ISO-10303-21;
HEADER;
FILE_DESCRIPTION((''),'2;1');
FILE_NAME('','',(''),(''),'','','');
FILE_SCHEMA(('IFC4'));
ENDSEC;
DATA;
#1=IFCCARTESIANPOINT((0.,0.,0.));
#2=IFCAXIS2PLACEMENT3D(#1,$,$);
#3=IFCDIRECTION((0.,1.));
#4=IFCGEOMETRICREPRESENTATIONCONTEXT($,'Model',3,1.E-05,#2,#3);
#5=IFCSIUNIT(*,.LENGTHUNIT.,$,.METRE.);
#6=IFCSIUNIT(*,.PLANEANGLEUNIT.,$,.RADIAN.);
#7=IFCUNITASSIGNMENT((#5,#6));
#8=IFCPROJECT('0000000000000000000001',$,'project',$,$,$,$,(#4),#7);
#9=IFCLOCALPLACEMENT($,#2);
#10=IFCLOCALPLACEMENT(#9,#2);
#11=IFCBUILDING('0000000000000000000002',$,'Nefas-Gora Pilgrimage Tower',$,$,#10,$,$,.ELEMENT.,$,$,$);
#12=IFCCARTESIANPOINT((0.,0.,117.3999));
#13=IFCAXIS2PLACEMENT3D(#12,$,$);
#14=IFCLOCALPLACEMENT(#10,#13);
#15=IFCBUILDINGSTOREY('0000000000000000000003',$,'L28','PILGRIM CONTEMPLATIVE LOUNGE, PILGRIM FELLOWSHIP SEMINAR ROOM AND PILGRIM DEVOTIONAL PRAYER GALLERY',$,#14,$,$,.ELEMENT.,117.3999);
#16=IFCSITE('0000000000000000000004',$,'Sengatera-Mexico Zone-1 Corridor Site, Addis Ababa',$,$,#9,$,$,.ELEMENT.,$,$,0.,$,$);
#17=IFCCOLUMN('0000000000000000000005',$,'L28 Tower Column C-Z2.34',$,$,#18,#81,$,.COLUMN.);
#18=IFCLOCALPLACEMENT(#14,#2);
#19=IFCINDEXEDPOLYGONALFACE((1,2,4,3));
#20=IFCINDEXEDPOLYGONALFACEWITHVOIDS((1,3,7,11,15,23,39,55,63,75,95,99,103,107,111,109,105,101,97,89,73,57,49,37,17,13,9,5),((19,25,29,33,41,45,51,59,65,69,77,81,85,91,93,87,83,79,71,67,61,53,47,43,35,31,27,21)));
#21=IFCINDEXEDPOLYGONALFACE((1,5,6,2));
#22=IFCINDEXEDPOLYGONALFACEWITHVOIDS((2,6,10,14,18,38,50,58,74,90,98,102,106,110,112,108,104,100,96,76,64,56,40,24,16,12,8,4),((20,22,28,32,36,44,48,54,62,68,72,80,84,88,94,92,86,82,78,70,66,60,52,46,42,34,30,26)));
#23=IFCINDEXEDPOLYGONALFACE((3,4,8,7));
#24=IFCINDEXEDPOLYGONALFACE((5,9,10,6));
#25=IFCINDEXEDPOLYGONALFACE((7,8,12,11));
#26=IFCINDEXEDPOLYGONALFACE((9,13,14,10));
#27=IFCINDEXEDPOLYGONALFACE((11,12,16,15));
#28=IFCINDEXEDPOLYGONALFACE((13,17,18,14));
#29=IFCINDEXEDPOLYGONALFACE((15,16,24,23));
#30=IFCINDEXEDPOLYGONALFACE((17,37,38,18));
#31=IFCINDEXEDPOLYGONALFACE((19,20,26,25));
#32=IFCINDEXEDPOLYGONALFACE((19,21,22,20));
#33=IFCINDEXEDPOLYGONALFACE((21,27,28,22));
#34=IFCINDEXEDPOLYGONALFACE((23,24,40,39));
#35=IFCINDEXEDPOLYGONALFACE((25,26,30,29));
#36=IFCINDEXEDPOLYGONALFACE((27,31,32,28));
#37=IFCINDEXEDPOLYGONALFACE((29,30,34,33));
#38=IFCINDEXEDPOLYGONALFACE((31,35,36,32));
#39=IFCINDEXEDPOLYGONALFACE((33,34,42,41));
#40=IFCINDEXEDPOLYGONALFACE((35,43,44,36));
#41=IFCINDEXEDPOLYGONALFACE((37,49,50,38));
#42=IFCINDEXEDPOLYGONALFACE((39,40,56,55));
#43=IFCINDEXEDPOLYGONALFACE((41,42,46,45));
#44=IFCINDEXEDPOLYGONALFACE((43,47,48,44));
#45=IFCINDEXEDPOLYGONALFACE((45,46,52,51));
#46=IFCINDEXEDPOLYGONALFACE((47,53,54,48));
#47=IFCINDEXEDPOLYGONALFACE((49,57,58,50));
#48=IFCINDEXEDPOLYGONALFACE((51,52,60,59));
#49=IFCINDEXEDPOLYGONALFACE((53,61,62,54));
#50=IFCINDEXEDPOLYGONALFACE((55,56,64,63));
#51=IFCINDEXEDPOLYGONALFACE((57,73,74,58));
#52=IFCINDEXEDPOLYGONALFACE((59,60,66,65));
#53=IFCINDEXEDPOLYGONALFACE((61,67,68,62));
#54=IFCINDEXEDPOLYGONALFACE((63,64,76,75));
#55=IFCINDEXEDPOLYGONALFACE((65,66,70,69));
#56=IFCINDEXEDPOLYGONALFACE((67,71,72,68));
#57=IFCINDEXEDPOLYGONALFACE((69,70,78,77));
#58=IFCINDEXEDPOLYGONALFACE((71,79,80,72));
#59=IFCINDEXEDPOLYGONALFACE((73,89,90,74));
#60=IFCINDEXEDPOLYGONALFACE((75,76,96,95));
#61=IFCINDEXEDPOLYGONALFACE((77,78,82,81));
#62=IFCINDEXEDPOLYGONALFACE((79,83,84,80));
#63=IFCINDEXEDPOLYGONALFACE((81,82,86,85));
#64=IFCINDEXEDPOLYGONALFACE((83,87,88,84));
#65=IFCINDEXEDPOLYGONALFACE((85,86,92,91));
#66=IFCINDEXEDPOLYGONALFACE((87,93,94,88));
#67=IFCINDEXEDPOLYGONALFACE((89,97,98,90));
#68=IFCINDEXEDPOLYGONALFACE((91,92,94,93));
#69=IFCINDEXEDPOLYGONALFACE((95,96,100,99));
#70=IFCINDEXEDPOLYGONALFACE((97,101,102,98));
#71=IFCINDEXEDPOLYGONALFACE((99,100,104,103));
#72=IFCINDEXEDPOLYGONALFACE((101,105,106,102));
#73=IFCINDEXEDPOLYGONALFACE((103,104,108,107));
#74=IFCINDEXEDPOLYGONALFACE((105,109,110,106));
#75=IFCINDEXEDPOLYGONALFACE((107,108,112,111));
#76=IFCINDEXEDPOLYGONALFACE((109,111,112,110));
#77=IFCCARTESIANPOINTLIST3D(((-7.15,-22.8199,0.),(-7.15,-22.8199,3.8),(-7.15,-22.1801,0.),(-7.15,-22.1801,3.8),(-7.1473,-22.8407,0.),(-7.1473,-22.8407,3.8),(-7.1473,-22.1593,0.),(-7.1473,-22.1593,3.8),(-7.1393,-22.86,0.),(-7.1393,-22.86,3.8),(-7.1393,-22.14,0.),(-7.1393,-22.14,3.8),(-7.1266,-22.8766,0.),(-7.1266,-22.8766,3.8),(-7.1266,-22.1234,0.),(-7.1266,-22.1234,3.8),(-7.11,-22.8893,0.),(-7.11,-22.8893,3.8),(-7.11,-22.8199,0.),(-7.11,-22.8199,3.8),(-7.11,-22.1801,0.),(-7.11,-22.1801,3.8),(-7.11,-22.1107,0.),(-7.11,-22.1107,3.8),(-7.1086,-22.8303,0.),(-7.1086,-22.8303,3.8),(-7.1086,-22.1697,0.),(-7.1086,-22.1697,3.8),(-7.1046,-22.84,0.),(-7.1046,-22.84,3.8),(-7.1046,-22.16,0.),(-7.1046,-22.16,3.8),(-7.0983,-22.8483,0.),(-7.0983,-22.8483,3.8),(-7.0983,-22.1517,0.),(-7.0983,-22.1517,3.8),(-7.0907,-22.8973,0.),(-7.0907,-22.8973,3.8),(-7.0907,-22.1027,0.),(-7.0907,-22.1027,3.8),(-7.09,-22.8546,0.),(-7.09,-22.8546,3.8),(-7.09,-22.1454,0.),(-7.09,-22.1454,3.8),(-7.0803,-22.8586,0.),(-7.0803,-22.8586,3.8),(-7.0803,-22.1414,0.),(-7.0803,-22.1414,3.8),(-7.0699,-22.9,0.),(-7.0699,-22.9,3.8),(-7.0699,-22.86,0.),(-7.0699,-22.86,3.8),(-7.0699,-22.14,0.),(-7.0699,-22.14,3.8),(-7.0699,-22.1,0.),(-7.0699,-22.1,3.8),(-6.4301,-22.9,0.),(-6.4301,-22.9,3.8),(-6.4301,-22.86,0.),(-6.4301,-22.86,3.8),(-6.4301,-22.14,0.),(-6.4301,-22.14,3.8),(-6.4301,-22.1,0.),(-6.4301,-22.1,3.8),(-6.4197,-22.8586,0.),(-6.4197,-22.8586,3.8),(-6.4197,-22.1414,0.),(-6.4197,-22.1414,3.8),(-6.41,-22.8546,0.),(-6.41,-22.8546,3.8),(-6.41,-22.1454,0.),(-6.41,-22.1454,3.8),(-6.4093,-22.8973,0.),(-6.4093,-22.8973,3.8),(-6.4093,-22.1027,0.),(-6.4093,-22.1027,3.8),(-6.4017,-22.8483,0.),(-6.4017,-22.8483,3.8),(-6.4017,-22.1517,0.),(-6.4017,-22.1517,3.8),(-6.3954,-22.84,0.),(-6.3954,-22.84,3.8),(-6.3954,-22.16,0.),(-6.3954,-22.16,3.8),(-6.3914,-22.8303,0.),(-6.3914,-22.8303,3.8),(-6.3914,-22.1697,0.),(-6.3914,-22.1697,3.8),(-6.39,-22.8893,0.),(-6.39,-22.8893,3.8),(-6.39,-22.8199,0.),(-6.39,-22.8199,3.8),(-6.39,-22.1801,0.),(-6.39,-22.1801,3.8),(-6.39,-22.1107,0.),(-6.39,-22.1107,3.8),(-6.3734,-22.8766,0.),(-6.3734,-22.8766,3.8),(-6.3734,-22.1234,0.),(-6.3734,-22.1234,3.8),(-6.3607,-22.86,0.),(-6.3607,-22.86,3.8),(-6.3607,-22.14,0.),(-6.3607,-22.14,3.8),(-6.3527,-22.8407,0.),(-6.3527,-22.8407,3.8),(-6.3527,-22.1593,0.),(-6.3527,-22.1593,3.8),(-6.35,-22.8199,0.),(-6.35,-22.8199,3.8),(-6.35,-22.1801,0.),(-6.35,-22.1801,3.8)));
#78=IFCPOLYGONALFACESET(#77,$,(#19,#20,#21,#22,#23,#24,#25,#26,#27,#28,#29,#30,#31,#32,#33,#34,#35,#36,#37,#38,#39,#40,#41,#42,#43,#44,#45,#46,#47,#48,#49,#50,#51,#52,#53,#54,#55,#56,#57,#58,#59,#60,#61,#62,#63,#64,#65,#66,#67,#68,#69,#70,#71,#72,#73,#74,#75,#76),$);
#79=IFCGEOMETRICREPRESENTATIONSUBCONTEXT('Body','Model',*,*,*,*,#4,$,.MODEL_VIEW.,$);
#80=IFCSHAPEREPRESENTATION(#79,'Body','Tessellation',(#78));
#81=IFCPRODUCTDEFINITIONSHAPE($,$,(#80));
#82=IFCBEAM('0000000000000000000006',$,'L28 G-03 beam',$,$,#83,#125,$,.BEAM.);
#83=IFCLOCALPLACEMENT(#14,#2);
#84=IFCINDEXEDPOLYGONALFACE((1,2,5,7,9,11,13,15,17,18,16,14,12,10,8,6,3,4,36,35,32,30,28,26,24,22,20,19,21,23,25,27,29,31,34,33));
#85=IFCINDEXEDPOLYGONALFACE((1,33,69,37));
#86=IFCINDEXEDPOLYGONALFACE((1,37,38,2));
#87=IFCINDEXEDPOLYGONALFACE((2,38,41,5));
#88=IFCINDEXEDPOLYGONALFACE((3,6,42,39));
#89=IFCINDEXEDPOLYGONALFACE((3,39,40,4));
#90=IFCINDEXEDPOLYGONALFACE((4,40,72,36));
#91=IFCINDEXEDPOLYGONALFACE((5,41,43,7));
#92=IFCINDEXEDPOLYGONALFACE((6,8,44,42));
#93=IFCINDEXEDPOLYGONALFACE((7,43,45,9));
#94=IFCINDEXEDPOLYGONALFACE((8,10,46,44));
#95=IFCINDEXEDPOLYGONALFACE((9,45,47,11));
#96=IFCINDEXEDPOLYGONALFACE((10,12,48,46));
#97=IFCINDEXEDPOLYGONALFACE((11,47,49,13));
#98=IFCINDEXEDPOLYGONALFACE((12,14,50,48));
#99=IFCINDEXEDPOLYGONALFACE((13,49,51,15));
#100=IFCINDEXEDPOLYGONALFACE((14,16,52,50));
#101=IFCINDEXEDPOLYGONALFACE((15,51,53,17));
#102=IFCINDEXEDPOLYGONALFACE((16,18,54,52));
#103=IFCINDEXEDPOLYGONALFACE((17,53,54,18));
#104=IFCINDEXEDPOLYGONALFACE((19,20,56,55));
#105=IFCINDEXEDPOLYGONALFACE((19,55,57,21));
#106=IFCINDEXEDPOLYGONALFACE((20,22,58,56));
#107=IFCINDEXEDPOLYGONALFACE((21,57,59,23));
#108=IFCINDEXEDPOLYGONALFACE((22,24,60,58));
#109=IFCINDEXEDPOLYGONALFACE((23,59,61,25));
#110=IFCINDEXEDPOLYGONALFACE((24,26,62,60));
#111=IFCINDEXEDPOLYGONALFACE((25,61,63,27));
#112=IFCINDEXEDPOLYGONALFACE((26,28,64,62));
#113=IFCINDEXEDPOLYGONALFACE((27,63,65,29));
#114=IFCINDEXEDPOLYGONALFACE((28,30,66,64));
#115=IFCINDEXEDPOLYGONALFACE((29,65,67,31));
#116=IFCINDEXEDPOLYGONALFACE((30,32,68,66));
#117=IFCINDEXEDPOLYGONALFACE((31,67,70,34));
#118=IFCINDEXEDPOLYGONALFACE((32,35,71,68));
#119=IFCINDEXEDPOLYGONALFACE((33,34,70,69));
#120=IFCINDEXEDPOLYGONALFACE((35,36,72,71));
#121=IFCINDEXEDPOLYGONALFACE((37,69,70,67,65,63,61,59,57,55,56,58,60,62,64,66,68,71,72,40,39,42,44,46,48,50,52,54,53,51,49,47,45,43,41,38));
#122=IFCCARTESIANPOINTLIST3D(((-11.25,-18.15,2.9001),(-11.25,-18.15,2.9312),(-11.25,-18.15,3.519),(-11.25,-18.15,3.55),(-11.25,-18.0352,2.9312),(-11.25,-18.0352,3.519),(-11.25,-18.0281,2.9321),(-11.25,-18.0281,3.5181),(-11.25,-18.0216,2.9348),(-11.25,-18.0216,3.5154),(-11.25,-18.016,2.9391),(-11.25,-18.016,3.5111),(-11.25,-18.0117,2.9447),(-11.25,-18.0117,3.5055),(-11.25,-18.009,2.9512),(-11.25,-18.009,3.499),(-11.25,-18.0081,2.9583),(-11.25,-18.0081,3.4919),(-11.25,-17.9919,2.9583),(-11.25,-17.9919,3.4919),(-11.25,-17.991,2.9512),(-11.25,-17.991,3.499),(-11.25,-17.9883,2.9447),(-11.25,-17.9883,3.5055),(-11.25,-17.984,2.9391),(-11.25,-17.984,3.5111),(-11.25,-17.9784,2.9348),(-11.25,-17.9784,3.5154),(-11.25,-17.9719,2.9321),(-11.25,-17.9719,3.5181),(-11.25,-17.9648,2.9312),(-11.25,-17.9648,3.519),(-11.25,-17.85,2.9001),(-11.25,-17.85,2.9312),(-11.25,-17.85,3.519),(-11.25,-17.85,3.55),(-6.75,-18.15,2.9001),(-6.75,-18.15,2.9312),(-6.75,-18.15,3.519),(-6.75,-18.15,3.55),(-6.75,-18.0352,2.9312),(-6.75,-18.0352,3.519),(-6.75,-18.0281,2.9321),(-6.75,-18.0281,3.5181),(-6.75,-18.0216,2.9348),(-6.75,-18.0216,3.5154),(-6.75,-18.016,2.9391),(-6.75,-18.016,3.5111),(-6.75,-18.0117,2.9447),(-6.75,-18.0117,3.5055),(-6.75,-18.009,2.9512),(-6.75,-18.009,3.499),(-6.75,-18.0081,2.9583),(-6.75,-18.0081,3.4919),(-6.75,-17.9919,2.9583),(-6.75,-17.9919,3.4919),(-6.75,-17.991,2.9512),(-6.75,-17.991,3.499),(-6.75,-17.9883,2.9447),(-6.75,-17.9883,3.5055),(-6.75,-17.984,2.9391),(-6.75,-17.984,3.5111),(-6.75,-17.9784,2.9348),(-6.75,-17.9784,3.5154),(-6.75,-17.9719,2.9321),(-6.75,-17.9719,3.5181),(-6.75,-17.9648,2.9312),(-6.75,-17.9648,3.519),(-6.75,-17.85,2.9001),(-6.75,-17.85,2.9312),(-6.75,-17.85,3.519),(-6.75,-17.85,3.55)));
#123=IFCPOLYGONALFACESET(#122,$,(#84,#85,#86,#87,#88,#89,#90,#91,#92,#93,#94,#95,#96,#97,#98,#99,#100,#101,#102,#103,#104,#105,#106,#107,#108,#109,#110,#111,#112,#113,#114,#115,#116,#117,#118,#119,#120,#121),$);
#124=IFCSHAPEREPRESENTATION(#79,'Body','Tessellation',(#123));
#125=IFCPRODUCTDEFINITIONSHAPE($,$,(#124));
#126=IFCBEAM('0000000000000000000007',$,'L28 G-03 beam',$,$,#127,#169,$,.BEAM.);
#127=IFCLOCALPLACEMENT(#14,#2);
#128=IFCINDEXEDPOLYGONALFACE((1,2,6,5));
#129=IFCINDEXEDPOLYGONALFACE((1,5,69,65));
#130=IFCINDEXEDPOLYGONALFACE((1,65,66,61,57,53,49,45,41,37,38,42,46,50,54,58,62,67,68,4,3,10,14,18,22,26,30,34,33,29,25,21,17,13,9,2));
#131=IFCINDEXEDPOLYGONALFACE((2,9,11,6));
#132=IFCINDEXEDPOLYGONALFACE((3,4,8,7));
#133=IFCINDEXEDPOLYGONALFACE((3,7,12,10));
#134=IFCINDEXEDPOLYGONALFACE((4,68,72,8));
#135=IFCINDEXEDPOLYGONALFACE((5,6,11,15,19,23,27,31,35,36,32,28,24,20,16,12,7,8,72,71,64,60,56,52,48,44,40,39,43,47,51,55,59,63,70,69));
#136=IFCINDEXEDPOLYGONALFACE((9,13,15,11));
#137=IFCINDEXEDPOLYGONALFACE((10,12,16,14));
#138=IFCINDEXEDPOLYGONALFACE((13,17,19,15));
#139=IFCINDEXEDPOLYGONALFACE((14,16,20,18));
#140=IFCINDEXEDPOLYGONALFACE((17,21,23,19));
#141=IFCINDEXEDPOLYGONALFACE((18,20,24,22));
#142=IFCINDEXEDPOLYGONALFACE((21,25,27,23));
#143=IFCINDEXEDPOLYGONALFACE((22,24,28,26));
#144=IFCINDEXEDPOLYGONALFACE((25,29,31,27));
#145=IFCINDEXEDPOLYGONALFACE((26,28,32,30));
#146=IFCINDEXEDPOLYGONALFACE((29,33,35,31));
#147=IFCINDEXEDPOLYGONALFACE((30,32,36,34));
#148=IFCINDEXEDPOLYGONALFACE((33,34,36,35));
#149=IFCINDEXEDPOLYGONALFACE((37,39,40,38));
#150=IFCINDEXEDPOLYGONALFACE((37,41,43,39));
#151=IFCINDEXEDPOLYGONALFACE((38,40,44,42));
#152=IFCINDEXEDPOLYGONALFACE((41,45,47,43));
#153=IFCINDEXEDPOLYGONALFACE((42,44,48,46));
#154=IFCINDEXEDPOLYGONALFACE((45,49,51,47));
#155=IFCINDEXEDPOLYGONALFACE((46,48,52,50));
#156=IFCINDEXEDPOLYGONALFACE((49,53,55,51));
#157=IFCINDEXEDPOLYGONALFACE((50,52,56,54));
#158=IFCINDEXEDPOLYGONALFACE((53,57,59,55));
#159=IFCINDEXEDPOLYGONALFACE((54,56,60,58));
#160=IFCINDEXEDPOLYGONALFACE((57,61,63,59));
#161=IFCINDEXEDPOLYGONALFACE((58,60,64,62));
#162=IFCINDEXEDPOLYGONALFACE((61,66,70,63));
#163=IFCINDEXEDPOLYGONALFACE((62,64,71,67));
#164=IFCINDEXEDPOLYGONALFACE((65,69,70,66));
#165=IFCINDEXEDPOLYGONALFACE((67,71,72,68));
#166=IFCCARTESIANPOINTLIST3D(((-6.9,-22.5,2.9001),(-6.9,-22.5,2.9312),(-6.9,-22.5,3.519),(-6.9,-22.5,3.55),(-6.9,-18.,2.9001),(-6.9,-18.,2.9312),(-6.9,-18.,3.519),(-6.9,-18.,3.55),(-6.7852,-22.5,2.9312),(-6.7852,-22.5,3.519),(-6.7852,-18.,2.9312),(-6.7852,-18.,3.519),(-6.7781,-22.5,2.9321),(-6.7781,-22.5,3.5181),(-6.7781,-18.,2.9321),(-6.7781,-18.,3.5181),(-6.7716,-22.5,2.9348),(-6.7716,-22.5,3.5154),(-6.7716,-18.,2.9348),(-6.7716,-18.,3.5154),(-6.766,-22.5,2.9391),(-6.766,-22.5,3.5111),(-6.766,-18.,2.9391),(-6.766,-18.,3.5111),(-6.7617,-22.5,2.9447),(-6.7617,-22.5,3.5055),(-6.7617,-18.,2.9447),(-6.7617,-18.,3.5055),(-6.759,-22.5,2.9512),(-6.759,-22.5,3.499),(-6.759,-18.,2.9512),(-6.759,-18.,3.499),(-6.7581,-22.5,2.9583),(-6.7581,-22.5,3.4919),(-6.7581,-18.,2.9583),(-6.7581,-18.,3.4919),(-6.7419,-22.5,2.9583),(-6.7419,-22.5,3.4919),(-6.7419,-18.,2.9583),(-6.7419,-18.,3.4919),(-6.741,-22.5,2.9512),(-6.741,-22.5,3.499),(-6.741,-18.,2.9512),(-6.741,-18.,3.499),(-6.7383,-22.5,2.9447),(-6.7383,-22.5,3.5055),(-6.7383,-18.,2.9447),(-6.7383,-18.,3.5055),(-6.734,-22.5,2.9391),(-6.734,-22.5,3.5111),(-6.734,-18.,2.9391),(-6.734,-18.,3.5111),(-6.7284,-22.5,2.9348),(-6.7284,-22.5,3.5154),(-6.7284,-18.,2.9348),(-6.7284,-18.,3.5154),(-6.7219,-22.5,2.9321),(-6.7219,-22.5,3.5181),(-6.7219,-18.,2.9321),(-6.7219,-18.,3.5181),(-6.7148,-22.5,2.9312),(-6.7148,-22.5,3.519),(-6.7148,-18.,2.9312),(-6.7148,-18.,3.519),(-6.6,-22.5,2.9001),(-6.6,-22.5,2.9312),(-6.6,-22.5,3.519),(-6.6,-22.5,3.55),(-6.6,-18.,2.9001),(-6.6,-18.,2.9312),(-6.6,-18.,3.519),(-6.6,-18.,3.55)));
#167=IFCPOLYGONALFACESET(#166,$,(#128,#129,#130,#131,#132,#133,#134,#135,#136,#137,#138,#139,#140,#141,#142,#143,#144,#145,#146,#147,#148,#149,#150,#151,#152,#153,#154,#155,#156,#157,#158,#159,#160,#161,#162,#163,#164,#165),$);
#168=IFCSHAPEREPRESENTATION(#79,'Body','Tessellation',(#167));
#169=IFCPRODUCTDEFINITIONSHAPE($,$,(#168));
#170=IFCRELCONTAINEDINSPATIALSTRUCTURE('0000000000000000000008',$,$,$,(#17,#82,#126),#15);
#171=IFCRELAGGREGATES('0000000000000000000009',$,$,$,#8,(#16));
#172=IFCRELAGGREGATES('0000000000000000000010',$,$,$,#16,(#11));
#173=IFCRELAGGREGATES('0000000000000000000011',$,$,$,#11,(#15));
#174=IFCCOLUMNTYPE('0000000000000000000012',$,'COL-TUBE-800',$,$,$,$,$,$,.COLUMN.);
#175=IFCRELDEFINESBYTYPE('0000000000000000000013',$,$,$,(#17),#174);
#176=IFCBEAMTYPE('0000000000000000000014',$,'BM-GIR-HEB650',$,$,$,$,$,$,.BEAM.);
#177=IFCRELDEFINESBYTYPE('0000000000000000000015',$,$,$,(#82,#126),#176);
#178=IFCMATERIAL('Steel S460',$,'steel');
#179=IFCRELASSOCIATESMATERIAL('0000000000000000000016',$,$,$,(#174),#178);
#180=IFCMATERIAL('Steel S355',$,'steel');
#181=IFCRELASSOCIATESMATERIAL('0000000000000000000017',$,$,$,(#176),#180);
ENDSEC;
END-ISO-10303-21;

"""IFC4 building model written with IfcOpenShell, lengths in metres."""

from ifc_helpers import new_model, si_unit, direction, frame, origin, origin_2d, place, context, subcontext, project, spatial, hollow_rectangle, i_section, extrude, source, transform, mapped, material, material_profile, profile_set, type_object, element, save


model = new_model("IFC4")

# Units and contexts
model_context = context("Model", 3, precision=1e-05, world=origin(), true_north=direction((0.0, 1.0)))
body_context = subcontext(model_context, "Body", "Model", "MODEL_VIEW")
ifc_project = project(units=[si_unit("LENGTHUNIT", "METRE"), si_unit("PLANEANGLEUNIT", "RADIAN")], contexts=[model_context])

# Site, building, storey
site_placement = place(None, origin())
site = spatial("IfcSite", under=ifc_project, at=site_placement, Name="Sengatera-Mexico Zone-1 Corridor Site, Addis Ababa", CompositionType="ELEMENT", RefElevation=0.0)
building_placement = place(site_placement, origin())
building = spatial("IfcBuilding", under=site, at=building_placement, Name="Nefas-Gora Pilgrimage Tower", CompositionType="ELEMENT")
storey_placement = place(building_placement, frame((0.0, 0.0, 117.3999)))
storey = spatial("IfcBuildingStorey", under=building, at=storey_placement, Name="L28", Description="PILGRIM CONTEMPLATIVE LOUNGE, PILGRIM FELLOWSHIP SEMINAR ROOM AND PILGRIM DEVOTIONAL PRAYER GALLERY", CompositionType="ELEMENT", Elevation=117.3999)

# Column
ifc_material_1 = material(Name="Steel S460", Category="steel")
ifc_material_profile_1 = material_profile(ifc_material_1, hollow_rectangle(XDim=0.8, YDim=0.8, WallThickness=0.04, InnerFilletRadius=0.04, OuterFilletRadius=0.0801, at=origin_2d()), Name="BOX 800x800x40")
ifc_profile_set_1 = profile_set([ifc_material_profile_1], Name="Steel S460")
column_type_1 = type_object("IfcColumnType", Name="COL-TUBE-800", PredefinedType="COLUMN", material=ifc_profile_set_1)
shared_shape_1 = source(origin(), body_context, "Body", "SweptSolid", [
    extrude(hollow_rectangle(XDim=0.8, YDim=0.8, WallThickness=0.04, InnerFilletRadius=0.04, OuterFilletRadius=0.0801, at=origin_2d()), origin(), (0.0, 0.0, 1.0), 3.8),
])
column_placement = place(storey_placement, frame((-6.75, -22.5, 0.0), z_axis=(0.0, 0.0, 1.0), x_axis=(1.0, 0.0, 0.0)))
element("IfcColumn", 1, at=column_placement, inside=storey, type_object=column_type_1, Name="L28 Tower Column C-Z2.34", PredefinedType="COLUMN", context=body_context, shape_type="MappedRepresentation", body=[
    mapped(shared_shape_1, transform((0.0, 0.0, 0.0), x_axis=(1.0, 0.0, 0.0), y_axis=(0.0, 1.0, 0.0), z_axis=(0.0, 0.0, 1.0), scale=1.0)),
])

# Beams
ifc_material_2 = material(Name="Steel S355", Category="steel")
ifc_material_profile_2 = material_profile(ifc_material_2, i_section(OverallWidth=0.3, OverallDepth=0.6499, WebThickness=0.0161, FlangeThickness=0.031, FilletRadius=0.0271, at=origin_2d()), Name="HEB 650")
ifc_profile_set_2 = profile_set([ifc_material_profile_2], Name="Steel S355")
beam_type = type_object("IfcBeamType", Name="BM-GIR-HEB650", PredefinedType="BEAM", material=ifc_profile_set_2)
shared_shape_2 = source(origin(), body_context, "Body", "SweptSolid", [
    extrude(i_section(OverallWidth=0.3, OverallDepth=0.6499, WebThickness=0.0161, FlangeThickness=0.031, FilletRadius=0.0271, at=origin_2d()), origin(), (0.0, 0.0, 1.0), 4.5),
])
for number, where, z_axis, x_axis, name in (
    (2, (-11.25, -18.0, 3.2251), (1.0, 0.0, 0.0), (0.0, 1.0, 0.0), "L28 G-03 beam"),
    (3, (-6.75, -22.5, 3.2251), (0.0, 1.0, 0.0), (-1.0, 0.0, 0.0), "L28 G-03 beam"),
):
    element("IfcBeam", number, at=place(storey_placement, frame(where, z_axis=z_axis, x_axis=x_axis)), inside=storey, type_object=beam_type, Name=name, PredefinedType="BEAM", context=body_context, shape_type="MappedRepresentation", body=[
        mapped(shared_shape_2, transform((0.0, 0.0, 0.0), x_axis=(1.0, 0.0, 0.0), y_axis=(0.0, 1.0, 0.0), z_axis=(0.0, 0.0, 1.0), scale=1.0)),
    ])

save(model, "model.ifc")
